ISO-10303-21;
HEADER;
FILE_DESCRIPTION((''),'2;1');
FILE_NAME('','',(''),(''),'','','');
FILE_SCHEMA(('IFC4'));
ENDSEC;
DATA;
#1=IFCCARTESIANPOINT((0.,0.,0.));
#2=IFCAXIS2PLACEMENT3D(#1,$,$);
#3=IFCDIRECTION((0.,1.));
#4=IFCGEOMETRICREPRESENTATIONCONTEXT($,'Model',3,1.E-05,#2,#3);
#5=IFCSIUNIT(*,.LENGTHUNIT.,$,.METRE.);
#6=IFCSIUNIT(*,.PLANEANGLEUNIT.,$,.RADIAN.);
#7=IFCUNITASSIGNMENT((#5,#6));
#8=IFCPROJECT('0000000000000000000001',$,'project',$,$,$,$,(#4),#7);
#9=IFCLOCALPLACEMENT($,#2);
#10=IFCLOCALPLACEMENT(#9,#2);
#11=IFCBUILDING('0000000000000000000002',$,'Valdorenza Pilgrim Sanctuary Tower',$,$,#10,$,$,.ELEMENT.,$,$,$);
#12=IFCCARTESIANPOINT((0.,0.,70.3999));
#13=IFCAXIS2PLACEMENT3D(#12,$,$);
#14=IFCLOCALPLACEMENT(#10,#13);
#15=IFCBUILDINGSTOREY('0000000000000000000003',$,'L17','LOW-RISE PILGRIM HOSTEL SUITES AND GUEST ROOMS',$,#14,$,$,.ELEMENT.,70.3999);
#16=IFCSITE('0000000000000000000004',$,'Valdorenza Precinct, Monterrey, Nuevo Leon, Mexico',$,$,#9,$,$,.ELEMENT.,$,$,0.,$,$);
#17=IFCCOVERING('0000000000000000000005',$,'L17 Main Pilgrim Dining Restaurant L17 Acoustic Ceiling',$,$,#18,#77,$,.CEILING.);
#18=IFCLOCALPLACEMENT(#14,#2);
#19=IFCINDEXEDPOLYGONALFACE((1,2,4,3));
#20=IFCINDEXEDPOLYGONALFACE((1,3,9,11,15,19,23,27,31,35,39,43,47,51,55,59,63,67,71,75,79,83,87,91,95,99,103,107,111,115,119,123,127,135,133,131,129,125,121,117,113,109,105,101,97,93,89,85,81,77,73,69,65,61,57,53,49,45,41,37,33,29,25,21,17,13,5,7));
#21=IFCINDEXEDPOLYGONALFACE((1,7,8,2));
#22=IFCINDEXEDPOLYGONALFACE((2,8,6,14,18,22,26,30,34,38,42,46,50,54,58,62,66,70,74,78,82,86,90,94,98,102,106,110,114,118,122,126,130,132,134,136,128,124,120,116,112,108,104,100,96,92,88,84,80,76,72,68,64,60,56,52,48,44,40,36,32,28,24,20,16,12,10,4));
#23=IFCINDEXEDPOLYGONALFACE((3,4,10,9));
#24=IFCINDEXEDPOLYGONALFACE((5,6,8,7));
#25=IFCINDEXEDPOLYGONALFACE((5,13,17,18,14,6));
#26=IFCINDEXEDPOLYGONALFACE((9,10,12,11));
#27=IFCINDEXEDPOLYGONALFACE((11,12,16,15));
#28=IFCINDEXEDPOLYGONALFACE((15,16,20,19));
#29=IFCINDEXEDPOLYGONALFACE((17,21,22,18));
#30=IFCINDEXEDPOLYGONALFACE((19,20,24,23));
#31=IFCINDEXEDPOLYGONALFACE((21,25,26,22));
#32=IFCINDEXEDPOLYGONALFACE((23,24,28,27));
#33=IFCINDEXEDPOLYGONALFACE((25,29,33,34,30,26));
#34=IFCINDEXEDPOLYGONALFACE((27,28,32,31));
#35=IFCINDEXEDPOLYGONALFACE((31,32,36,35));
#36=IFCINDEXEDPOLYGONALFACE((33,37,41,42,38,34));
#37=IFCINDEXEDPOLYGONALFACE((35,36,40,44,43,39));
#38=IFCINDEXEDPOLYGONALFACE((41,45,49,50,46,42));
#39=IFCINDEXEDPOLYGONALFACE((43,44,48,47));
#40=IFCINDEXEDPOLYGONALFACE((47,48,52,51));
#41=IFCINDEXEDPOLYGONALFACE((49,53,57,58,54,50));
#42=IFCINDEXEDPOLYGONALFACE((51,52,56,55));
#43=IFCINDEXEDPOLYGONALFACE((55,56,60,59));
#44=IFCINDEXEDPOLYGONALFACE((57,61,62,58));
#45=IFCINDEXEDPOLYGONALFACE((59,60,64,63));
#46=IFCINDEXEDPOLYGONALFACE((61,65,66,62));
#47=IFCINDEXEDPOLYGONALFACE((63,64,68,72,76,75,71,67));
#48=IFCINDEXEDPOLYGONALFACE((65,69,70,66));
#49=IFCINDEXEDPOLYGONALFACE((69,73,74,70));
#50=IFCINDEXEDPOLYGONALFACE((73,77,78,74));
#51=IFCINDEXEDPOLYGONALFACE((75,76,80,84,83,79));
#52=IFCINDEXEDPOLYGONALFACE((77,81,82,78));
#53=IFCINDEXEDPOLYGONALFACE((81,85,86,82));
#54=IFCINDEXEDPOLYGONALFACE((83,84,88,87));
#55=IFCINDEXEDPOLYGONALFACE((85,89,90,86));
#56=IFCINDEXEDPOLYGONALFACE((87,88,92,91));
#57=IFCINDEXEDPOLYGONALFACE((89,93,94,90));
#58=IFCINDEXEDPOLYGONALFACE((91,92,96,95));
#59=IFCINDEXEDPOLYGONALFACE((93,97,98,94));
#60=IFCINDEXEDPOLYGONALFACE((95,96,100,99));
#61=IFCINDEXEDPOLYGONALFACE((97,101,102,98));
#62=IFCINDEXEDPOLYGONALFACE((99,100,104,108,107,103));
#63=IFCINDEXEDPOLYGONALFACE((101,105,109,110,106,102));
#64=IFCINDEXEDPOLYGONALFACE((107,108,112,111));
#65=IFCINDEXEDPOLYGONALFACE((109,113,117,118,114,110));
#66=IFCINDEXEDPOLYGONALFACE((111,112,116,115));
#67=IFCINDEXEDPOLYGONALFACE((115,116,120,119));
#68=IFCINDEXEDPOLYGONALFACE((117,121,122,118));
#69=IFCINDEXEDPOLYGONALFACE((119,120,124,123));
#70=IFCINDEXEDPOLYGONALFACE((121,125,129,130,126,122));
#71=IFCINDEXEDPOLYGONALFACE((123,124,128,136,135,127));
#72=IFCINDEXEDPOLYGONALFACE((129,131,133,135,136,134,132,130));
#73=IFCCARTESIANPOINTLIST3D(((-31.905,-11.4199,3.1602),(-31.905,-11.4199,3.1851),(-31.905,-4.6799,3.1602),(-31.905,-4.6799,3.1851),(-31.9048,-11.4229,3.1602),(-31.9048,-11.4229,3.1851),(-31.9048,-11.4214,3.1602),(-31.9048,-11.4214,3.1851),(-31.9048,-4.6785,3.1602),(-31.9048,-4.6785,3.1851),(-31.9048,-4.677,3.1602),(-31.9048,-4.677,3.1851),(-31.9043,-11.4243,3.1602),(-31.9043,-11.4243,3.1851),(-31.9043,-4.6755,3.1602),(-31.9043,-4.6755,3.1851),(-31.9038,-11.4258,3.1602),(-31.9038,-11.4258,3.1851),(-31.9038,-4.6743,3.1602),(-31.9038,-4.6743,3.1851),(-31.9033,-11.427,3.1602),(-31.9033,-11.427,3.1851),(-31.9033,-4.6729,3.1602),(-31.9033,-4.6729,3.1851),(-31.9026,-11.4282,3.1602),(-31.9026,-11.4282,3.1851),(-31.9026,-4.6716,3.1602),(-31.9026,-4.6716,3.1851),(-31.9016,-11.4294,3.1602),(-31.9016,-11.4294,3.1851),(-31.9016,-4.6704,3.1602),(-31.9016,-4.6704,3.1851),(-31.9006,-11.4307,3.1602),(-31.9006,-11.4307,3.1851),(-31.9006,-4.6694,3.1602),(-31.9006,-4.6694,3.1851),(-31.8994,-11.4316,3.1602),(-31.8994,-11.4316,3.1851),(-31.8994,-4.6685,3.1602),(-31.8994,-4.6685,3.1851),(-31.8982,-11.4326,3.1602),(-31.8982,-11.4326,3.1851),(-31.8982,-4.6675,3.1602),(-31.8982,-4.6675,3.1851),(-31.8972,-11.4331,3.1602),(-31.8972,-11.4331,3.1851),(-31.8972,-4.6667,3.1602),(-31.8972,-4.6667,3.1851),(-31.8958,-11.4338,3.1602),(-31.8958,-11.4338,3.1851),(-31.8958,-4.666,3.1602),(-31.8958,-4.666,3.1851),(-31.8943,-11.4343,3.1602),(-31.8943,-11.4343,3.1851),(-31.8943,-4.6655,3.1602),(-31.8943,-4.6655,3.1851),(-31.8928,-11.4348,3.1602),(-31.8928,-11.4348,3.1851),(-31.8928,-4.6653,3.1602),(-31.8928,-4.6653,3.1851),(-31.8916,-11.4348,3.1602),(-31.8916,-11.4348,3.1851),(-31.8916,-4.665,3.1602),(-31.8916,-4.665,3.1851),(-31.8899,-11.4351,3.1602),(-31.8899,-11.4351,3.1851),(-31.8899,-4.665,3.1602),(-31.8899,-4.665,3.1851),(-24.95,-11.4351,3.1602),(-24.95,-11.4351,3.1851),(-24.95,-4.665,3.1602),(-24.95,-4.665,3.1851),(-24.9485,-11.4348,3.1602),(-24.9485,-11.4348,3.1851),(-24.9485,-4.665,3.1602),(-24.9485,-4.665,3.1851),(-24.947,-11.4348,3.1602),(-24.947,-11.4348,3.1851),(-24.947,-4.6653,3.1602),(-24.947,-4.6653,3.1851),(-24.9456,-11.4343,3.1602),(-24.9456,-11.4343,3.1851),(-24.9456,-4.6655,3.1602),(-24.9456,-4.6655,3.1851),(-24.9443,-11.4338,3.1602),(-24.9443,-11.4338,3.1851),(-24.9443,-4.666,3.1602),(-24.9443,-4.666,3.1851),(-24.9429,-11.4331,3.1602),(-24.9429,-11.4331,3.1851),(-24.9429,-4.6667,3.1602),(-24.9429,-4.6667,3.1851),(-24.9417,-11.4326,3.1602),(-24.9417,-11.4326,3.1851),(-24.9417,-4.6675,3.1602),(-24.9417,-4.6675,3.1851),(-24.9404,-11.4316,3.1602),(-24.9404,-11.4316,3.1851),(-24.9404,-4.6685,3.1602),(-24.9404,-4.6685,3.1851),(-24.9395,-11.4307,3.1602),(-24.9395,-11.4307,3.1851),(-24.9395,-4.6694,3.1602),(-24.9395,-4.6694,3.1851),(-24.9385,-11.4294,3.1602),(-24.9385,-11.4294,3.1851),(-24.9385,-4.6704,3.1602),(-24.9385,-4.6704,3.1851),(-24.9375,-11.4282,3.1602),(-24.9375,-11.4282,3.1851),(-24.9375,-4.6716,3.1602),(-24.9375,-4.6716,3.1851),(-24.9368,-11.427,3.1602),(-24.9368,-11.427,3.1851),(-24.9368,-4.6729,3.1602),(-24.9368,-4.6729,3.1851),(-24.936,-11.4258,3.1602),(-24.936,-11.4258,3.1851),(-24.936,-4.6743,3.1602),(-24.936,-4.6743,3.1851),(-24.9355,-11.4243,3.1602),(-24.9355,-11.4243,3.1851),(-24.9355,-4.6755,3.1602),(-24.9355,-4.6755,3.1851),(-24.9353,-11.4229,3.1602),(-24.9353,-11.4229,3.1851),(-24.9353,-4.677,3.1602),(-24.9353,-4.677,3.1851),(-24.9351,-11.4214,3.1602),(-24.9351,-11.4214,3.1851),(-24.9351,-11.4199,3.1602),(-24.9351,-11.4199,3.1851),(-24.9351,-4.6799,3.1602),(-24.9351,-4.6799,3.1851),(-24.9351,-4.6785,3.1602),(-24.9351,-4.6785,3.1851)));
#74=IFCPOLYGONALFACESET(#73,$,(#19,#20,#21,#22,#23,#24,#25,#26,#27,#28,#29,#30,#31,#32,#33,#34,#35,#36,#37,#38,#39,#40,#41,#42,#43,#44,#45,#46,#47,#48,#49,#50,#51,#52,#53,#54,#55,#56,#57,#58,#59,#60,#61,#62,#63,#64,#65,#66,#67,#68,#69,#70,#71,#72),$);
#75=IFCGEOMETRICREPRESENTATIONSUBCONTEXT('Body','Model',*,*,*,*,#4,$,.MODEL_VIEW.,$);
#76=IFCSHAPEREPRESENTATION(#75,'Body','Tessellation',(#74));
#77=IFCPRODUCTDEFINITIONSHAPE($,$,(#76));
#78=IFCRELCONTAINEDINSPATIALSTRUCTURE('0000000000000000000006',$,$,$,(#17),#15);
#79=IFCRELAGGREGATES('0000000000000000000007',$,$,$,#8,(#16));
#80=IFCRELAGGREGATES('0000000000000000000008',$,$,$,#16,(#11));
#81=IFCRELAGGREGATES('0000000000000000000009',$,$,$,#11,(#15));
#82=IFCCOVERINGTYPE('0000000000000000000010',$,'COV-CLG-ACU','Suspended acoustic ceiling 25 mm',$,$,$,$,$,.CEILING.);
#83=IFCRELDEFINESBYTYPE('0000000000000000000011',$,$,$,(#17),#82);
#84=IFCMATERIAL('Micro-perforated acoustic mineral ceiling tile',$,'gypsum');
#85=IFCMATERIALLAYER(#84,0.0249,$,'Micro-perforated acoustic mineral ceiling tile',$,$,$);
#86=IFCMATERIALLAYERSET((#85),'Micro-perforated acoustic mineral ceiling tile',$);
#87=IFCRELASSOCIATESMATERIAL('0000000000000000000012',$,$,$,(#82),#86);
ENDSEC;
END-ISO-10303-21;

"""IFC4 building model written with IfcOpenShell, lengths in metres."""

from ifc_helpers import new_model, si_unit, direction, frame, origin, place, context, subcontext, project, spatial, polyline, outline, extrude, material, layer, layer_set, type_object, element, save


model = new_model("IFC4")

# Units and contexts
model_context = context("Model", 3, precision=1e-05, world=origin(), true_north=direction((0.0, 1.0)))
body_context = subcontext(model_context, "Body", "Model", "MODEL_VIEW")
ifc_project = project(units=[si_unit("LENGTHUNIT", "METRE"), si_unit("PLANEANGLEUNIT", "RADIAN")], contexts=[model_context])

# Site, building, storey
site_placement = place(None, origin())
site = spatial("IfcSite", under=ifc_project, at=site_placement, Name="Valdorenza Precinct, Monterrey, Nuevo Leon, Mexico", CompositionType="ELEMENT", RefElevation=0.0)
building_placement = place(site_placement, origin())
building = spatial("IfcBuilding", under=site, at=building_placement, Name="Valdorenza Pilgrim Sanctuary Tower", CompositionType="ELEMENT")
storey_placement = place(building_placement, frame((0.0, 0.0, 70.3999)))
storey = spatial("IfcBuildingStorey", under=building, at=storey_placement, Name="L17", Description="LOW-RISE PILGRIM HOSTEL SUITES AND GUEST ROOMS", CompositionType="ELEMENT", Elevation=70.3999)

# Covering
ifc_material_1 = material(Name="Micro-perforated acoustic mineral ceiling tile", Category="gypsum")
ifc_layer_1 = layer(ifc_material_1, 0.0249, Name="Micro-perforated acoustic mineral ceiling tile")
ifc_layer_set_1 = layer_set([ifc_layer_1], Name="Micro-perforated acoustic mineral ceiling tile")
covering_type_1 = type_object("IfcCoveringType", Name="COV-CLG-ACU", Description="Suspended acoustic ceiling 25 mm", PredefinedType="CEILING", material=ifc_layer_set_1)
covering_1_placement = place(storey_placement, frame((0.0, 0.0, 3.1602)))
element("IfcCovering", 1, at=covering_1_placement, inside=storey, type_object=covering_type_1, Name="L17 Main Pilgrim Dining Restaurant L17 Acoustic Ceiling", PredefinedType="CEILING", context=body_context, shape_type="SweptSolid", body=[
    extrude(outline(polyline([(-24.9351, -11.4199), (-24.9351, -11.4214), (-24.9353, -11.4229), (-24.9355, -11.4243), (-24.936, -11.4258), (-24.9368, -11.427), (-24.9375, -11.4282), (-24.9385, -11.4294), (-24.9395, -11.4307), (-24.9404, -11.4316), (-24.9417, -11.4326), (-24.9429, -11.4331), (-24.9443, -11.4338), (-24.9456, -11.4343), (-24.947, -11.4348), (-24.9485, -11.4348), (-24.95, -11.4351), (-31.8899, -11.4351), (-31.8916, -11.4348), (-31.8928, -11.4348), (-31.8943, -11.4343), (-31.8958, -11.4338), (-31.8972, -11.4331), (-31.8982, -11.4326), (-31.8994, -11.4316), (-31.9006, -11.4307), (-31.9016, -11.4294), (-31.9026, -11.4282), (-31.9033, -11.427), (-31.9038, -11.4258), (-31.9043, -11.4243), (-31.9048, -11.4229), (-31.9048, -11.4214), (-31.905, -11.4199), (-31.905, -4.6799), (-31.9048, -4.6785), (-31.9048, -4.677), (-31.9043, -4.6755), (-31.9038, -4.6743), (-31.9033, -4.6729), (-31.9026, -4.6716), (-31.9016, -4.6704), (-31.9006, -4.6694), (-31.8994, -4.6685), (-31.8982, -4.6675), (-31.8972, -4.6667), (-31.8958, -4.666), (-31.8943, -4.6655), (-31.8928, -4.6653), (-31.8916, -4.665), (-31.8899, -4.665), (-24.95, -4.665), (-24.9485, -4.665), (-24.947, -4.6653), (-24.9456, -4.6655), (-24.9443, -4.666), (-24.9429, -4.6667), (-24.9417, -4.6675), (-24.9404, -4.6685), (-24.9395, -4.6694), (-24.9385, -4.6704), (-24.9375, -4.6716), (-24.9368, -4.6729), (-24.936, -4.6743), (-24.9355, -4.6755), (-24.9353, -4.677), (-24.9351, -4.6785), (-24.9351, -4.6799), (-24.9351, -11.4199)])), origin(), (0.0, 0.0, 1.0), 0.0249),
])

save(model, "model.ifc")
